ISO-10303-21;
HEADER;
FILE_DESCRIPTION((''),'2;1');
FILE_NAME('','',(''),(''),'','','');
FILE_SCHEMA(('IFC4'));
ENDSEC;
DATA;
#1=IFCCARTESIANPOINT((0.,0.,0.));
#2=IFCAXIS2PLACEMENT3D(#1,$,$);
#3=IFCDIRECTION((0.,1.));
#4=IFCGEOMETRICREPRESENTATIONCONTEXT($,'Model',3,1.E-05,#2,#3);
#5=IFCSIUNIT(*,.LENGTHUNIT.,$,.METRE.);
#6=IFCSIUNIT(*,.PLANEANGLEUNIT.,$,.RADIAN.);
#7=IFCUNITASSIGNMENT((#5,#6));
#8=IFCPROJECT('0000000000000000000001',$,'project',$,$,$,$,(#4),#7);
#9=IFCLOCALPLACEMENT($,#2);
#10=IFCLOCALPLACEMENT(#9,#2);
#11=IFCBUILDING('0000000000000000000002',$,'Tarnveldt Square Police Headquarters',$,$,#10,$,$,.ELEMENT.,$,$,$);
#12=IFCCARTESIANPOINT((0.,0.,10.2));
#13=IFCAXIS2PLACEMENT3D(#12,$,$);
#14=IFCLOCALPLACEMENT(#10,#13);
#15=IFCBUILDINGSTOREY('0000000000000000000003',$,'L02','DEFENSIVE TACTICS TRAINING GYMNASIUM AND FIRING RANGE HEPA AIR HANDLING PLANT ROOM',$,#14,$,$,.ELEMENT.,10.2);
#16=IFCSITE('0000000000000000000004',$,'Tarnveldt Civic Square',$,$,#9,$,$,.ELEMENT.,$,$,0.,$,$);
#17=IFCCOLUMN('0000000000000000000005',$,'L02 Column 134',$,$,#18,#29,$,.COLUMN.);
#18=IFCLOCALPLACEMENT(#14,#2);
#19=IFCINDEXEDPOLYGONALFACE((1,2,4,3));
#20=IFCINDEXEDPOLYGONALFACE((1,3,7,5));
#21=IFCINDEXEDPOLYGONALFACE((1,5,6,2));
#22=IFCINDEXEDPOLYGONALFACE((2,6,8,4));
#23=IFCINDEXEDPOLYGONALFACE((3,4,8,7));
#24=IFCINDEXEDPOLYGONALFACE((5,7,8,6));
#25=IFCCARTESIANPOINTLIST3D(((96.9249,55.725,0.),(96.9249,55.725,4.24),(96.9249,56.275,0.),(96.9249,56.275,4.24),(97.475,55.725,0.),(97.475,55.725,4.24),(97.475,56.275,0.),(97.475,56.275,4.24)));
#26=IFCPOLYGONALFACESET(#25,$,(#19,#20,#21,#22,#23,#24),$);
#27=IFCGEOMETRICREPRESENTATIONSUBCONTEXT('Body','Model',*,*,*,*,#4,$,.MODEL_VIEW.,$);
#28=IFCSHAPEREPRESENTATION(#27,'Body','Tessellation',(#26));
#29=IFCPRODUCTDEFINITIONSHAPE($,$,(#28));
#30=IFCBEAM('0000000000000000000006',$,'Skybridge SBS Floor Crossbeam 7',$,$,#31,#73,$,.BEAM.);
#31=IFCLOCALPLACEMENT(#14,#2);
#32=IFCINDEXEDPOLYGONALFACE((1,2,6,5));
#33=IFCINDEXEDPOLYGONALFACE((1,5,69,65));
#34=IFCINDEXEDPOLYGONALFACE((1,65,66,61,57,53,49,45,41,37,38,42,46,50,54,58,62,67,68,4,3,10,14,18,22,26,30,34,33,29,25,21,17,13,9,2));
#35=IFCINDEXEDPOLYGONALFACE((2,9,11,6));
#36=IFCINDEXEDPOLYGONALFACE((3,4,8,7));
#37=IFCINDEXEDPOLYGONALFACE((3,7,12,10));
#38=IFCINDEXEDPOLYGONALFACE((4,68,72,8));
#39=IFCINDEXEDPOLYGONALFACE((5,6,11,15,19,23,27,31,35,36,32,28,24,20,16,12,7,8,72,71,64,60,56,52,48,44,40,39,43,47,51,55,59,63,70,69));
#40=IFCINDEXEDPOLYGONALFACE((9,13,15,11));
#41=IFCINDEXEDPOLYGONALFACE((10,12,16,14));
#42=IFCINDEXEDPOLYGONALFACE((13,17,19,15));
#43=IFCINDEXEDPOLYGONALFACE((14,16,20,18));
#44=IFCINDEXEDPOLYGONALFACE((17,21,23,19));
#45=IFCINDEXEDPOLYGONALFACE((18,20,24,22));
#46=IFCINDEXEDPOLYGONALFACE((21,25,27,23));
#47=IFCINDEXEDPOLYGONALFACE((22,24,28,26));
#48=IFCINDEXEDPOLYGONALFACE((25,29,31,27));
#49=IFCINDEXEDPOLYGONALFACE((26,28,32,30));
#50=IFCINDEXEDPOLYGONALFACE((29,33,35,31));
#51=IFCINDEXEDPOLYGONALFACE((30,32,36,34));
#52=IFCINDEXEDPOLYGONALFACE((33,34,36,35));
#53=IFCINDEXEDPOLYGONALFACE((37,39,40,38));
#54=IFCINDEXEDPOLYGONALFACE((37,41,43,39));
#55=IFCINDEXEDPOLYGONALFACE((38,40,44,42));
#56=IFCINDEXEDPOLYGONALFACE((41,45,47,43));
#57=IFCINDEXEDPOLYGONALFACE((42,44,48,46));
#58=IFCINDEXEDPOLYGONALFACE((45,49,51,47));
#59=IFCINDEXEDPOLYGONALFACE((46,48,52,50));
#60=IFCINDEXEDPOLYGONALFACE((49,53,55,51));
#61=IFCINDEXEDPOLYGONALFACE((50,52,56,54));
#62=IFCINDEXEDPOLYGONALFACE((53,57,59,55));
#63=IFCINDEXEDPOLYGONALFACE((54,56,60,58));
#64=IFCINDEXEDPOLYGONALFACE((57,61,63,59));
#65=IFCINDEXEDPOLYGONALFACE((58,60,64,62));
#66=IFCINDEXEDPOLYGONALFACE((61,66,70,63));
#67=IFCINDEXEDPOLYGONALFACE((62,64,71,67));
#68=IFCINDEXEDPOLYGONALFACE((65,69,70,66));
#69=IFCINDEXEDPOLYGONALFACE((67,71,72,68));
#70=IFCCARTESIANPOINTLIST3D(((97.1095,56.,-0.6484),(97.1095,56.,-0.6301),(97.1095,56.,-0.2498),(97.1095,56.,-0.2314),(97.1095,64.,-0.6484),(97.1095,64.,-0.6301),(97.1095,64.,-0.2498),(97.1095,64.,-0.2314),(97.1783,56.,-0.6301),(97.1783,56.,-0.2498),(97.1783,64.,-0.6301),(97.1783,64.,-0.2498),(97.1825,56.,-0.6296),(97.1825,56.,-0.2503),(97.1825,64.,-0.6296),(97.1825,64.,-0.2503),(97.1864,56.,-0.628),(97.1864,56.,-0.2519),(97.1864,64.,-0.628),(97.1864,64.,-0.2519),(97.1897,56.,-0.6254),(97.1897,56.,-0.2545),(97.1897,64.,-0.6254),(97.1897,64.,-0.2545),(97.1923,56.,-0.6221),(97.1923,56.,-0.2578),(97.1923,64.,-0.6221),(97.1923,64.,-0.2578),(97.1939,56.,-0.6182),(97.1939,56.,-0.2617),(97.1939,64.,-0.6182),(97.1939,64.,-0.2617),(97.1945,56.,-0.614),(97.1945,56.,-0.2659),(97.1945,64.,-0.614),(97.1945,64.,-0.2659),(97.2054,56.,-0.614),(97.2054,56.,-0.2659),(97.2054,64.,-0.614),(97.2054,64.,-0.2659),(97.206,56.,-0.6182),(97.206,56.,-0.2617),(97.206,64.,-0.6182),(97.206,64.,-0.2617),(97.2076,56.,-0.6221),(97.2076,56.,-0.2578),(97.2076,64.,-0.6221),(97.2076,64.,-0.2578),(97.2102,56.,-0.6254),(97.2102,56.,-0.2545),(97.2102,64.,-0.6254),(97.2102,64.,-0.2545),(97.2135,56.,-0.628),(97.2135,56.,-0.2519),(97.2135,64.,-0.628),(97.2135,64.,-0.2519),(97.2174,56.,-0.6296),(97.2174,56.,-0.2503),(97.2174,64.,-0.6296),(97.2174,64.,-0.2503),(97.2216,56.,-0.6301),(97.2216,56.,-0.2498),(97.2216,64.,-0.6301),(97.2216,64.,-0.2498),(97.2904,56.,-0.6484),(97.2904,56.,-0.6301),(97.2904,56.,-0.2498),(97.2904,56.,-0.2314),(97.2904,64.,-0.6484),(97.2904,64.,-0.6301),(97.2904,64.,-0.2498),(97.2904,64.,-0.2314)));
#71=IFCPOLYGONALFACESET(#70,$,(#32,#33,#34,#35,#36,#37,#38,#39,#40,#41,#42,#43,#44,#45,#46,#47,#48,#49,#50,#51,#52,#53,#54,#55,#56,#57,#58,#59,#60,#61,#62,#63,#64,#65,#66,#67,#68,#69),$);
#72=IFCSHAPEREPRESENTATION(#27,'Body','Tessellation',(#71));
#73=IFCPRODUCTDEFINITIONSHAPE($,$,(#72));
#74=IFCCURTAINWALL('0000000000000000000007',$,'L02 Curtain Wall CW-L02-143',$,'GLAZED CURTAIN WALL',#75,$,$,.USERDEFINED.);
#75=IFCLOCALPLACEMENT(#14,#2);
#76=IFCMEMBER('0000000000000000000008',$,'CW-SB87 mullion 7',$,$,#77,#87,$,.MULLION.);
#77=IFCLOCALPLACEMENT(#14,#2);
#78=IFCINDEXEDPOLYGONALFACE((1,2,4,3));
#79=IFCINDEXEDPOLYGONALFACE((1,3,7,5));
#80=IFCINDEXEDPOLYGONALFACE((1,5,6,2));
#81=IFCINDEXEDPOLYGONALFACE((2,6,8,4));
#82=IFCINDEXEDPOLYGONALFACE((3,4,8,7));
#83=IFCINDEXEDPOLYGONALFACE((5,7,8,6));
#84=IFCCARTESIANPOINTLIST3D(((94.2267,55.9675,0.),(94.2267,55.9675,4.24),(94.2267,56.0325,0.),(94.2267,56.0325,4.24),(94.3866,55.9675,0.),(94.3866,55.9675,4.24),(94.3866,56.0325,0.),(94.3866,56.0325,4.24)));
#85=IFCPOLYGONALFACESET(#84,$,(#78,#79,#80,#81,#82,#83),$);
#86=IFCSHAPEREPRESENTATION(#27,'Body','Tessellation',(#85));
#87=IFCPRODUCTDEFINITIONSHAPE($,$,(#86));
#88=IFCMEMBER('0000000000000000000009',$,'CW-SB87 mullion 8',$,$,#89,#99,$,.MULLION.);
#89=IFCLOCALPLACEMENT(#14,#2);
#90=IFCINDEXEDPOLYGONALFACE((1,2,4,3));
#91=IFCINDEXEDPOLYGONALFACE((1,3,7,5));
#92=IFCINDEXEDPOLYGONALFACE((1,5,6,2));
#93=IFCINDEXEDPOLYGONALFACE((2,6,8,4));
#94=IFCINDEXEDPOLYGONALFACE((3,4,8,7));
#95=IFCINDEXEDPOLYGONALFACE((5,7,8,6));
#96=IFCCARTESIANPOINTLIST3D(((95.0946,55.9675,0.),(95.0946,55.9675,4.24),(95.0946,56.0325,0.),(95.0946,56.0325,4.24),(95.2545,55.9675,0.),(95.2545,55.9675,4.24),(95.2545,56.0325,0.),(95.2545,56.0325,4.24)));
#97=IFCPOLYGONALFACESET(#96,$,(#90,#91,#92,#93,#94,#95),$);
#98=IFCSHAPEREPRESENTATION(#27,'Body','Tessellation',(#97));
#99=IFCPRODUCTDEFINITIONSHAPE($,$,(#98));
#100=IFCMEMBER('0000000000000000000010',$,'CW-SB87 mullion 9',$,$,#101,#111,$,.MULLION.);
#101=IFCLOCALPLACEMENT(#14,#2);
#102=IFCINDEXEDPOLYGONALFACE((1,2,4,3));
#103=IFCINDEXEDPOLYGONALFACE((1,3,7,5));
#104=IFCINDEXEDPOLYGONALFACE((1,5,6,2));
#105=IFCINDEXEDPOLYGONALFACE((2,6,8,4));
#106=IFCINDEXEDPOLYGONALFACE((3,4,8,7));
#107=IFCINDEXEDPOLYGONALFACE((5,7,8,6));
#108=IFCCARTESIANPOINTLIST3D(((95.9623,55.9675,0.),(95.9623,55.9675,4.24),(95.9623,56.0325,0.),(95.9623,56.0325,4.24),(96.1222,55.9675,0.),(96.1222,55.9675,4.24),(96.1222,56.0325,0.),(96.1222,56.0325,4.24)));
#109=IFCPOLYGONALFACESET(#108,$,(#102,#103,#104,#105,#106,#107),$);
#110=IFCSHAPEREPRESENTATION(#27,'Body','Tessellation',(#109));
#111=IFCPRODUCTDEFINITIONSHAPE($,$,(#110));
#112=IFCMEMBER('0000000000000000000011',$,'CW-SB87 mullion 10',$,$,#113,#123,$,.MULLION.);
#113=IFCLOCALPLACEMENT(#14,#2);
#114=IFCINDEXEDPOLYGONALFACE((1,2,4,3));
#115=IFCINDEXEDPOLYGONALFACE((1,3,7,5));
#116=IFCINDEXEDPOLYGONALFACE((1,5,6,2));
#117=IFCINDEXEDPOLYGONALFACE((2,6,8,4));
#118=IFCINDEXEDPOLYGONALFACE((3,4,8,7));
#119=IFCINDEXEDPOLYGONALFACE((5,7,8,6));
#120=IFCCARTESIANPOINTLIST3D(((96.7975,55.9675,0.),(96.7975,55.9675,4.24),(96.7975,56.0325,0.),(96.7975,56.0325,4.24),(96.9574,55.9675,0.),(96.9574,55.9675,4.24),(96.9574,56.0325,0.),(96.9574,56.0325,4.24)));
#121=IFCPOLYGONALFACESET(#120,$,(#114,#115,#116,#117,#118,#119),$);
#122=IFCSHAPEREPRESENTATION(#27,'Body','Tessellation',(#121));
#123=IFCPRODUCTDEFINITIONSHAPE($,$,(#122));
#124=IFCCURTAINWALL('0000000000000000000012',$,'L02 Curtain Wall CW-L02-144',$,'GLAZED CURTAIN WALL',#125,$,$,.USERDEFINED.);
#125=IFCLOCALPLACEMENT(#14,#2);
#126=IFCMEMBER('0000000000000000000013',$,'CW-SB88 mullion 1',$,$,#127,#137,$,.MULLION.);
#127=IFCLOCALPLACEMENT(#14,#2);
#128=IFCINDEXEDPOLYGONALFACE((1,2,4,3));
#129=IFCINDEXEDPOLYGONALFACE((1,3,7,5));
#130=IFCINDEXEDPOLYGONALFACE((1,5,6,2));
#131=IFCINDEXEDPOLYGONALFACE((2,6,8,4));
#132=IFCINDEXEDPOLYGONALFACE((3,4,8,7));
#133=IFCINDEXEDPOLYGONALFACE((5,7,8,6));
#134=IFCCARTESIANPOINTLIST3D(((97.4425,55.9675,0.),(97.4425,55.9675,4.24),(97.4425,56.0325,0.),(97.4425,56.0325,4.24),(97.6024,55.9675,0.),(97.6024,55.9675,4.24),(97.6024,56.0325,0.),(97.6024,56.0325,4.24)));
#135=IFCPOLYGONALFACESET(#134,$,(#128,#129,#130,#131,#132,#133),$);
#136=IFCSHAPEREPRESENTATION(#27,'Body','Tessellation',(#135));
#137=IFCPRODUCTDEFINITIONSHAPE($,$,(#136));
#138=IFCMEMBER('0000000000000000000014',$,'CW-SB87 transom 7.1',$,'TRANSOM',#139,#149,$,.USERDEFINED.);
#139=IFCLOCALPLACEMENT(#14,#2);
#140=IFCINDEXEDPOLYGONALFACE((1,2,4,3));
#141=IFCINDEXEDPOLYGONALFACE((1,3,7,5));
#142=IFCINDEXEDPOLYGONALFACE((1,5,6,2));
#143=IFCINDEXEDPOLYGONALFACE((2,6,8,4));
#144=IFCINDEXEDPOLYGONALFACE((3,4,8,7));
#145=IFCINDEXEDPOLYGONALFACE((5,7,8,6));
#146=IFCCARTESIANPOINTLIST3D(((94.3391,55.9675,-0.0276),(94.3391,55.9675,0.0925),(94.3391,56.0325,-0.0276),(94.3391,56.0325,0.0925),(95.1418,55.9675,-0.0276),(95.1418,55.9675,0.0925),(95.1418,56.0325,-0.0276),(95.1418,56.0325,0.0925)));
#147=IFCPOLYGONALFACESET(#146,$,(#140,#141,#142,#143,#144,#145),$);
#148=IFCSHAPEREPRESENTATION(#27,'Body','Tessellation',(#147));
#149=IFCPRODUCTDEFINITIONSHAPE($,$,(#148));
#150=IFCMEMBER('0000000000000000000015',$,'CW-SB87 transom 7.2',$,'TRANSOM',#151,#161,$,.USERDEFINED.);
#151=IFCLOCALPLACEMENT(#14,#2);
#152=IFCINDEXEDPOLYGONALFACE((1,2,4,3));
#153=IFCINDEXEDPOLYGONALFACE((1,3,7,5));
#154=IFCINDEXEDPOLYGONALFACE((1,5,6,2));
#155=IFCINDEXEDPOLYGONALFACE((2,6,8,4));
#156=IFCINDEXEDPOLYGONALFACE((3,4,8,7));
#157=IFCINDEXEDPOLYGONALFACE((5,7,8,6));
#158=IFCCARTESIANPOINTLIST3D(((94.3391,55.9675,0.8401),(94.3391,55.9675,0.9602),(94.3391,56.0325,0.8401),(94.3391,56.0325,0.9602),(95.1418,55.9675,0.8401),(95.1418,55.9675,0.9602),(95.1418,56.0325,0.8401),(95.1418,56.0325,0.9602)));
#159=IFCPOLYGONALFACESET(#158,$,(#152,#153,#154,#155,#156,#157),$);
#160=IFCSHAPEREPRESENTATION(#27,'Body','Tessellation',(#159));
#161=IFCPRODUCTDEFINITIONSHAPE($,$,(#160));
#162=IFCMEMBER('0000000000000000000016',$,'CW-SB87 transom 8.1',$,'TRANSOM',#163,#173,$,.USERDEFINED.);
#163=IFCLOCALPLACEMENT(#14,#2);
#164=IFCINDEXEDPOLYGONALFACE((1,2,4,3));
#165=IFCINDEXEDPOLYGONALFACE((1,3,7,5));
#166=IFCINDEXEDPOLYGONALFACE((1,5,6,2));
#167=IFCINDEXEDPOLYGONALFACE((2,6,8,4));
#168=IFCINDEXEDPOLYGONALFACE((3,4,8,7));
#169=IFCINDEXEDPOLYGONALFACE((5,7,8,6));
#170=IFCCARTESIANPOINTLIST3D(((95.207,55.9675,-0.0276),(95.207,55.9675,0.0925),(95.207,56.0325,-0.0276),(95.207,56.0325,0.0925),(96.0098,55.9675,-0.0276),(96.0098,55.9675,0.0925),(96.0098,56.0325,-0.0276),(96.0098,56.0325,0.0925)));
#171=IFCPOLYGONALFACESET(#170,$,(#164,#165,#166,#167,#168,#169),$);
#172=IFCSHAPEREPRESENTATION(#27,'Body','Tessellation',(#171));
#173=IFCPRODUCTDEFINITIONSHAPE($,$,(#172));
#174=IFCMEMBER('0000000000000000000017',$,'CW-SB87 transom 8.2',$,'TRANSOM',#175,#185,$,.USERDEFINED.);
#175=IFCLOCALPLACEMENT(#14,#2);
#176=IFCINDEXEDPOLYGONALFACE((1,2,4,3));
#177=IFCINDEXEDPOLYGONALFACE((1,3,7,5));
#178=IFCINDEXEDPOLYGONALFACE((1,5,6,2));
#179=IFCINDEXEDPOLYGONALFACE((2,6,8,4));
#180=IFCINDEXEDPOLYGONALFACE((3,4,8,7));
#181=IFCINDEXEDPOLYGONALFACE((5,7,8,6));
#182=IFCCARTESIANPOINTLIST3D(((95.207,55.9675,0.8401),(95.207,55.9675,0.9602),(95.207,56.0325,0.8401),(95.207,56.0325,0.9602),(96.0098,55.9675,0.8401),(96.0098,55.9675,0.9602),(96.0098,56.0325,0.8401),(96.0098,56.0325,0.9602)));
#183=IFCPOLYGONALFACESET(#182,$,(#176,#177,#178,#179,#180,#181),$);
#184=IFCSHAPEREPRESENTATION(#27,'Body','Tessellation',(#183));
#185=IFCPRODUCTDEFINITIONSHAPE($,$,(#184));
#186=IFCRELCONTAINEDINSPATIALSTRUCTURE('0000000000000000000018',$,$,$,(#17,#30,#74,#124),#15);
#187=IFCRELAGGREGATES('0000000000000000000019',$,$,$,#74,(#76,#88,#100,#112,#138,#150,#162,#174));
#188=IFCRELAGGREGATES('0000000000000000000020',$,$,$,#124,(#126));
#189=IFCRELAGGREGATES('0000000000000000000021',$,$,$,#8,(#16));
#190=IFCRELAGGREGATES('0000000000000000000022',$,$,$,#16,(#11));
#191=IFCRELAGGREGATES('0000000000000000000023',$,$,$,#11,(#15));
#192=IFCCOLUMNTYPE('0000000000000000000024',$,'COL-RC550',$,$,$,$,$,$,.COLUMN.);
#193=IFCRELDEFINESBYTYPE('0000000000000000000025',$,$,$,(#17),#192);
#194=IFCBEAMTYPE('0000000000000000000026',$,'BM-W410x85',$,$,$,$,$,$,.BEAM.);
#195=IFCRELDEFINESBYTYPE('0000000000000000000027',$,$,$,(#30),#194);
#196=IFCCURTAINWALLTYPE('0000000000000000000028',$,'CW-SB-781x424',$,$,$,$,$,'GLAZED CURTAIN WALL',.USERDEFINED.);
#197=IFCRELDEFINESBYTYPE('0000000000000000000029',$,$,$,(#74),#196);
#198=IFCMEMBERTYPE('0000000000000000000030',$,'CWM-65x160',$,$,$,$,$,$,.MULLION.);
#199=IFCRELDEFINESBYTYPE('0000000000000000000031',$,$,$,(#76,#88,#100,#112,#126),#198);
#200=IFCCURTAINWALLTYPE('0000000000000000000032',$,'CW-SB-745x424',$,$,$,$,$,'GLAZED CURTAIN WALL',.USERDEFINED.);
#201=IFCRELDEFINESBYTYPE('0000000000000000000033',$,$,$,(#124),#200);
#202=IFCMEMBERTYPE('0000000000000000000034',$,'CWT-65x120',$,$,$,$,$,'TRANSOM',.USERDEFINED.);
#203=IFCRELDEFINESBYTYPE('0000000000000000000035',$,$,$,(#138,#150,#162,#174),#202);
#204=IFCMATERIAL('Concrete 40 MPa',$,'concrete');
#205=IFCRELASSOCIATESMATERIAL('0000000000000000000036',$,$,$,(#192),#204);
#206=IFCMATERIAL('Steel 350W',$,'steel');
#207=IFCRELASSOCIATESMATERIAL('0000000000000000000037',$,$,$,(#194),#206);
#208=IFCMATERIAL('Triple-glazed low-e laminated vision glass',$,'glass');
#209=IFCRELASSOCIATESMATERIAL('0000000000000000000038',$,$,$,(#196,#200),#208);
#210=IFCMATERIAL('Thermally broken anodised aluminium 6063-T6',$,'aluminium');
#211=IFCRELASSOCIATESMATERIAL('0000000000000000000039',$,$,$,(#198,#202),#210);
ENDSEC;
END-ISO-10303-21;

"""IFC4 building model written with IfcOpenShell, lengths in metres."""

from ifc_helpers import new_model, si_unit, direction, frame, origin, origin_2d, place, context, subcontext, project, spatial, rectangle, i_section, extrude, material, material_profile, profile_set, type_object, element, aggregate, save


model = new_model("IFC4")

# Units and contexts
model_context = context("Model", 3, precision=1e-05, world=origin(), true_north=direction((0.0, 1.0)))
body_context = subcontext(model_context, "Body", "Model", "MODEL_VIEW")
ifc_project = project(units=[si_unit("LENGTHUNIT", "METRE"), si_unit("PLANEANGLEUNIT", "RADIAN")], contexts=[model_context])

# Site, building, storey
site_placement = place(None, origin())
site = spatial("IfcSite", under=ifc_project, at=site_placement, Name="Tarnveldt Civic Square", CompositionType="ELEMENT", RefElevation=0.0)
building_placement = place(site_placement, origin())
building = spatial("IfcBuilding", under=site, at=building_placement, Name="Tarnveldt Square Police Headquarters", CompositionType="ELEMENT")
storey_placement = place(building_placement, frame((0.0, 0.0, 10.2)))
storey = spatial("IfcBuildingStorey", under=building, at=storey_placement, Name="L02", Description="DEFENSIVE TACTICS TRAINING GYMNASIUM AND FIRING RANGE HEPA AIR HANDLING PLANT ROOM", CompositionType="ELEMENT", Elevation=10.2)

# Column
ifc_material_1 = material(Name="Concrete 40 MPa", Category="concrete")
ifc_material_profile_1 = material_profile(ifc_material_1, rectangle(XDim=0.55, YDim=0.55, at=origin_2d()), Name="RC-C550x550")
ifc_profile_set_1 = profile_set([ifc_material_profile_1], Name="Concrete 40 MPa")
column_type = type_object("IfcColumnType", Name="COL-RC550", PredefinedType="COLUMN", material=ifc_profile_set_1)
column_placement = place(storey_placement, frame((97.2, 56.0, 0.0), z_axis=(0.0, 0.0, 1.0), x_axis=(1.0, 0.0, 0.0)))
element("IfcColumn", 1, at=column_placement, inside=storey, type_object=column_type, Name="L02 Column 134", PredefinedType="COLUMN", context=body_context, shape_type="SweptSolid", body=[
    extrude(rectangle(XDim=0.55, YDim=0.55, at=origin_2d()), origin(), (0.0, 0.0, 1.0), 4.24),
])

# Beam
ifc_material_2 = material(Name="Steel 350W", Category="steel")
ifc_material_profile_2 = material_profile(ifc_material_2, i_section(OverallWidth=0.1809, OverallDepth=0.417, WebThickness=0.011, FlangeThickness=0.0183, FilletRadius=0.0161, at=origin_2d()), Name="W410x85")
ifc_profile_set_2 = profile_set([ifc_material_profile_2], Name="Steel 350W")
beam_type = type_object("IfcBeamType", Name="BM-W410x85", PredefinedType="BEAM", material=ifc_profile_set_2)
beam_placement = place(storey_placement, frame((97.2, 56.0, -0.4399), z_axis=(0.0, 1.0, 0.0), x_axis=(-1.0, 0.0, 0.0)))
element("IfcBeam", 2, at=beam_placement, inside=storey, type_object=beam_type, Name="Skybridge SBS Floor Crossbeam 7", PredefinedType="BEAM", context=body_context, shape_type="SweptSolid", body=[
    extrude(i_section(OverallWidth=0.1809, OverallDepth=0.417, WebThickness=0.011, FlangeThickness=0.0183, FilletRadius=0.0161, at=origin_2d()), origin(), (0.0, 0.0, 1.0), 8.0),
])

# Curtain wall, members
ifc_material_3 = material(Name="Triple-glazed low-e laminated vision glass", Category="glass")
curtain_wall_type_1 = type_object("IfcCurtainWallType", Name="CW-SB-781x424", ElementType="GLAZED CURTAIN WALL", PredefinedType="USERDEFINED", material=ifc_material_3)
curtain_wall_1_placement = place(storey_placement, origin())
curtain_wall_1 = element("IfcCurtainWall", 3, at=curtain_wall_1_placement, inside=storey, type_object=curtain_wall_type_1, Name="L02 Curtain Wall CW-L02-143", ObjectType="GLAZED CURTAIN WALL", PredefinedType="USERDEFINED")
ifc_material_4 = material(Name="Thermally broken anodised aluminium 6063-T6", Category="aluminium")
ifc_material_profile_3 = material_profile(ifc_material_4, rectangle(XDim=0.0649, YDim=0.1599, at=origin_2d()), Name="CW-M65x160")
ifc_profile_set_3 = profile_set([ifc_material_profile_3], Name="Thermally broken anodised aluminium 6063-T6")
member_type_1 = type_object("IfcMemberType", Name="CWM-65x160", PredefinedType="MULLION", material=ifc_profile_set_3)
member_1_placement = place(storey_placement, frame((94.3066, 56.0, 0.0), z_axis=(0.0, 0.0, 1.0), x_axis=(0.0, 1.0, 0.0)))
member_1 = element("IfcMember", 4, at=member_1_placement, type_object=member_type_1, Name="CW-SB87 mullion 7", PredefinedType="MULLION", context=body_context, shape_type="SweptSolid", body=[
    extrude(rectangle(XDim=0.0649, YDim=0.1599, at=origin_2d()), origin(), (0.0, 0.0, 1.0), 4.24),
])
member_2_placement = place(storey_placement, frame((95.1746, 56.0, 0.0), z_axis=(0.0, 0.0, 1.0), x_axis=(0.0, 1.0, 0.0)))
member_2 = element("IfcMember", 5, at=member_2_placement, type_object=member_type_1, Name="CW-SB87 mullion 8", PredefinedType="MULLION", context=body_context, shape_type="SweptSolid", body=[
    extrude(rectangle(XDim=0.0649, YDim=0.1599, at=origin_2d()), origin(), (0.0, 0.0, 1.0), 4.24),
])
member_3_placement = place(storey_placement, frame((96.0422, 56.0, 0.0), z_axis=(0.0, 0.0, 1.0), x_axis=(0.0, 1.0, 0.0)))
member_3 = element("IfcMember", 6, at=member_3_placement, type_object=member_type_1, Name="CW-SB87 mullion 9", PredefinedType="MULLION", context=body_context, shape_type="SweptSolid", body=[
    extrude(rectangle(XDim=0.0649, YDim=0.1599, at=origin_2d()), origin(), (0.0, 0.0, 1.0), 4.24),
])
member_4_placement = place(storey_placement, frame((96.8774, 56.0, 0.0), z_axis=(0.0, 0.0, 1.0), x_axis=(0.0, 1.0, 0.0)))
member_4 = element("IfcMember", 7, at=member_4_placement, type_object=member_type_1, Name="CW-SB87 mullion 10", PredefinedType="MULLION", context=body_context, shape_type="SweptSolid", body=[
    extrude(rectangle(XDim=0.0649, YDim=0.1599, at=origin_2d()), origin(), (0.0, 0.0, 1.0), 4.24),
])

# Curtain wall, member
curtain_wall_type_2 = type_object("IfcCurtainWallType", Name="CW-SB-745x424", ElementType="GLAZED CURTAIN WALL", PredefinedType="USERDEFINED", material=ifc_material_3)
curtain_wall_2_placement = place(storey_placement, origin())
curtain_wall_2 = element("IfcCurtainWall", 8, at=curtain_wall_2_placement, inside=storey, type_object=curtain_wall_type_2, Name="L02 Curtain Wall CW-L02-144", ObjectType="GLAZED CURTAIN WALL", PredefinedType="USERDEFINED")
member_5_placement = place(storey_placement, frame((97.5225, 56.0, 0.0), z_axis=(0.0, 0.0, 1.0), x_axis=(0.0, 1.0, 0.0)))
member_5 = element("IfcMember", 9, at=member_5_placement, type_object=member_type_1, Name="CW-SB88 mullion 1", PredefinedType="MULLION", context=body_context, shape_type="SweptSolid", body=[
    extrude(rectangle(XDim=0.0649, YDim=0.1599, at=origin_2d()), origin(), (0.0, 0.0, 1.0), 4.24),
])

# Members
ifc_material_profile_4 = material_profile(ifc_material_4, rectangle(XDim=0.0649, YDim=0.1201, at=origin_2d()), Name="CW-T65x120")
ifc_profile_set_4 = profile_set([ifc_material_profile_4], Name="Thermally broken anodised aluminium 6063-T6")
member_type_2 = type_object("IfcMemberType", Name="CWT-65x120", ElementType="TRANSOM", PredefinedType="USERDEFINED", material=ifc_profile_set_4)
member_6_placement = place(storey_placement, frame((94.3391, 56.0, 0.0325), z_axis=(1.0, 0.0, 0.0), x_axis=(0.0, 1.0, 0.0)))
member_6 = element("IfcMember", 10, at=member_6_placement, type_object=member_type_2, Name="CW-SB87 transom 7.1", ObjectType="TRANSOM", PredefinedType="USERDEFINED", context=body_context, shape_type="SweptSolid", body=[
    extrude(rectangle(XDim=0.0649, YDim=0.1201, at=origin_2d()), origin(), (0.0, 0.0, 1.0), 0.8027),
])
member_7_placement = place(storey_placement, frame((94.3391, 56.0, 0.9001), z_axis=(1.0, 0.0, 0.0), x_axis=(0.0, 1.0, 0.0)))
member_7 = element("IfcMember", 11, at=member_7_placement, type_object=member_type_2, Name="CW-SB87 transom 7.2", ObjectType="TRANSOM", PredefinedType="USERDEFINED", context=body_context, shape_type="SweptSolid", body=[
    extrude(rectangle(XDim=0.0649, YDim=0.1201, at=origin_2d()), origin(), (0.0, 0.0, 1.0), 0.8027),
])
member_8_placement = place(storey_placement, frame((95.207, 56.0, 0.0325), z_axis=(1.0, 0.0, 0.0), x_axis=(0.0, 1.0, 0.0)))
member_8 = element("IfcMember", 12, at=member_8_placement, type_object=member_type_2, Name="CW-SB87 transom 8.1", ObjectType="TRANSOM", PredefinedType="USERDEFINED", context=body_context, shape_type="SweptSolid", body=[
    extrude(rectangle(XDim=0.0649, YDim=0.1201, at=origin_2d()), origin(), (0.0, 0.0, 1.0), 0.8027),
])
member_9_placement = place(storey_placement, frame((95.207, 56.0, 0.9001), z_axis=(1.0, 0.0, 0.0), x_axis=(0.0, 1.0, 0.0)))
member_9 = element("IfcMember", 13, at=member_9_placement, type_object=member_type_2, Name="CW-SB87 transom 8.2", ObjectType="TRANSOM", PredefinedType="USERDEFINED", context=body_context, shape_type="SweptSolid", body=[
    extrude(rectangle(XDim=0.0649, YDim=0.1201, at=origin_2d()), origin(), (0.0, 0.0, 1.0), 0.8027),
])

aggregate(curtain_wall_1, [member_1, member_2, member_3, member_4, member_6, member_7, member_8, member_9])
aggregate(curtain_wall_2, [member_5])

save(model, "model.ifc")
